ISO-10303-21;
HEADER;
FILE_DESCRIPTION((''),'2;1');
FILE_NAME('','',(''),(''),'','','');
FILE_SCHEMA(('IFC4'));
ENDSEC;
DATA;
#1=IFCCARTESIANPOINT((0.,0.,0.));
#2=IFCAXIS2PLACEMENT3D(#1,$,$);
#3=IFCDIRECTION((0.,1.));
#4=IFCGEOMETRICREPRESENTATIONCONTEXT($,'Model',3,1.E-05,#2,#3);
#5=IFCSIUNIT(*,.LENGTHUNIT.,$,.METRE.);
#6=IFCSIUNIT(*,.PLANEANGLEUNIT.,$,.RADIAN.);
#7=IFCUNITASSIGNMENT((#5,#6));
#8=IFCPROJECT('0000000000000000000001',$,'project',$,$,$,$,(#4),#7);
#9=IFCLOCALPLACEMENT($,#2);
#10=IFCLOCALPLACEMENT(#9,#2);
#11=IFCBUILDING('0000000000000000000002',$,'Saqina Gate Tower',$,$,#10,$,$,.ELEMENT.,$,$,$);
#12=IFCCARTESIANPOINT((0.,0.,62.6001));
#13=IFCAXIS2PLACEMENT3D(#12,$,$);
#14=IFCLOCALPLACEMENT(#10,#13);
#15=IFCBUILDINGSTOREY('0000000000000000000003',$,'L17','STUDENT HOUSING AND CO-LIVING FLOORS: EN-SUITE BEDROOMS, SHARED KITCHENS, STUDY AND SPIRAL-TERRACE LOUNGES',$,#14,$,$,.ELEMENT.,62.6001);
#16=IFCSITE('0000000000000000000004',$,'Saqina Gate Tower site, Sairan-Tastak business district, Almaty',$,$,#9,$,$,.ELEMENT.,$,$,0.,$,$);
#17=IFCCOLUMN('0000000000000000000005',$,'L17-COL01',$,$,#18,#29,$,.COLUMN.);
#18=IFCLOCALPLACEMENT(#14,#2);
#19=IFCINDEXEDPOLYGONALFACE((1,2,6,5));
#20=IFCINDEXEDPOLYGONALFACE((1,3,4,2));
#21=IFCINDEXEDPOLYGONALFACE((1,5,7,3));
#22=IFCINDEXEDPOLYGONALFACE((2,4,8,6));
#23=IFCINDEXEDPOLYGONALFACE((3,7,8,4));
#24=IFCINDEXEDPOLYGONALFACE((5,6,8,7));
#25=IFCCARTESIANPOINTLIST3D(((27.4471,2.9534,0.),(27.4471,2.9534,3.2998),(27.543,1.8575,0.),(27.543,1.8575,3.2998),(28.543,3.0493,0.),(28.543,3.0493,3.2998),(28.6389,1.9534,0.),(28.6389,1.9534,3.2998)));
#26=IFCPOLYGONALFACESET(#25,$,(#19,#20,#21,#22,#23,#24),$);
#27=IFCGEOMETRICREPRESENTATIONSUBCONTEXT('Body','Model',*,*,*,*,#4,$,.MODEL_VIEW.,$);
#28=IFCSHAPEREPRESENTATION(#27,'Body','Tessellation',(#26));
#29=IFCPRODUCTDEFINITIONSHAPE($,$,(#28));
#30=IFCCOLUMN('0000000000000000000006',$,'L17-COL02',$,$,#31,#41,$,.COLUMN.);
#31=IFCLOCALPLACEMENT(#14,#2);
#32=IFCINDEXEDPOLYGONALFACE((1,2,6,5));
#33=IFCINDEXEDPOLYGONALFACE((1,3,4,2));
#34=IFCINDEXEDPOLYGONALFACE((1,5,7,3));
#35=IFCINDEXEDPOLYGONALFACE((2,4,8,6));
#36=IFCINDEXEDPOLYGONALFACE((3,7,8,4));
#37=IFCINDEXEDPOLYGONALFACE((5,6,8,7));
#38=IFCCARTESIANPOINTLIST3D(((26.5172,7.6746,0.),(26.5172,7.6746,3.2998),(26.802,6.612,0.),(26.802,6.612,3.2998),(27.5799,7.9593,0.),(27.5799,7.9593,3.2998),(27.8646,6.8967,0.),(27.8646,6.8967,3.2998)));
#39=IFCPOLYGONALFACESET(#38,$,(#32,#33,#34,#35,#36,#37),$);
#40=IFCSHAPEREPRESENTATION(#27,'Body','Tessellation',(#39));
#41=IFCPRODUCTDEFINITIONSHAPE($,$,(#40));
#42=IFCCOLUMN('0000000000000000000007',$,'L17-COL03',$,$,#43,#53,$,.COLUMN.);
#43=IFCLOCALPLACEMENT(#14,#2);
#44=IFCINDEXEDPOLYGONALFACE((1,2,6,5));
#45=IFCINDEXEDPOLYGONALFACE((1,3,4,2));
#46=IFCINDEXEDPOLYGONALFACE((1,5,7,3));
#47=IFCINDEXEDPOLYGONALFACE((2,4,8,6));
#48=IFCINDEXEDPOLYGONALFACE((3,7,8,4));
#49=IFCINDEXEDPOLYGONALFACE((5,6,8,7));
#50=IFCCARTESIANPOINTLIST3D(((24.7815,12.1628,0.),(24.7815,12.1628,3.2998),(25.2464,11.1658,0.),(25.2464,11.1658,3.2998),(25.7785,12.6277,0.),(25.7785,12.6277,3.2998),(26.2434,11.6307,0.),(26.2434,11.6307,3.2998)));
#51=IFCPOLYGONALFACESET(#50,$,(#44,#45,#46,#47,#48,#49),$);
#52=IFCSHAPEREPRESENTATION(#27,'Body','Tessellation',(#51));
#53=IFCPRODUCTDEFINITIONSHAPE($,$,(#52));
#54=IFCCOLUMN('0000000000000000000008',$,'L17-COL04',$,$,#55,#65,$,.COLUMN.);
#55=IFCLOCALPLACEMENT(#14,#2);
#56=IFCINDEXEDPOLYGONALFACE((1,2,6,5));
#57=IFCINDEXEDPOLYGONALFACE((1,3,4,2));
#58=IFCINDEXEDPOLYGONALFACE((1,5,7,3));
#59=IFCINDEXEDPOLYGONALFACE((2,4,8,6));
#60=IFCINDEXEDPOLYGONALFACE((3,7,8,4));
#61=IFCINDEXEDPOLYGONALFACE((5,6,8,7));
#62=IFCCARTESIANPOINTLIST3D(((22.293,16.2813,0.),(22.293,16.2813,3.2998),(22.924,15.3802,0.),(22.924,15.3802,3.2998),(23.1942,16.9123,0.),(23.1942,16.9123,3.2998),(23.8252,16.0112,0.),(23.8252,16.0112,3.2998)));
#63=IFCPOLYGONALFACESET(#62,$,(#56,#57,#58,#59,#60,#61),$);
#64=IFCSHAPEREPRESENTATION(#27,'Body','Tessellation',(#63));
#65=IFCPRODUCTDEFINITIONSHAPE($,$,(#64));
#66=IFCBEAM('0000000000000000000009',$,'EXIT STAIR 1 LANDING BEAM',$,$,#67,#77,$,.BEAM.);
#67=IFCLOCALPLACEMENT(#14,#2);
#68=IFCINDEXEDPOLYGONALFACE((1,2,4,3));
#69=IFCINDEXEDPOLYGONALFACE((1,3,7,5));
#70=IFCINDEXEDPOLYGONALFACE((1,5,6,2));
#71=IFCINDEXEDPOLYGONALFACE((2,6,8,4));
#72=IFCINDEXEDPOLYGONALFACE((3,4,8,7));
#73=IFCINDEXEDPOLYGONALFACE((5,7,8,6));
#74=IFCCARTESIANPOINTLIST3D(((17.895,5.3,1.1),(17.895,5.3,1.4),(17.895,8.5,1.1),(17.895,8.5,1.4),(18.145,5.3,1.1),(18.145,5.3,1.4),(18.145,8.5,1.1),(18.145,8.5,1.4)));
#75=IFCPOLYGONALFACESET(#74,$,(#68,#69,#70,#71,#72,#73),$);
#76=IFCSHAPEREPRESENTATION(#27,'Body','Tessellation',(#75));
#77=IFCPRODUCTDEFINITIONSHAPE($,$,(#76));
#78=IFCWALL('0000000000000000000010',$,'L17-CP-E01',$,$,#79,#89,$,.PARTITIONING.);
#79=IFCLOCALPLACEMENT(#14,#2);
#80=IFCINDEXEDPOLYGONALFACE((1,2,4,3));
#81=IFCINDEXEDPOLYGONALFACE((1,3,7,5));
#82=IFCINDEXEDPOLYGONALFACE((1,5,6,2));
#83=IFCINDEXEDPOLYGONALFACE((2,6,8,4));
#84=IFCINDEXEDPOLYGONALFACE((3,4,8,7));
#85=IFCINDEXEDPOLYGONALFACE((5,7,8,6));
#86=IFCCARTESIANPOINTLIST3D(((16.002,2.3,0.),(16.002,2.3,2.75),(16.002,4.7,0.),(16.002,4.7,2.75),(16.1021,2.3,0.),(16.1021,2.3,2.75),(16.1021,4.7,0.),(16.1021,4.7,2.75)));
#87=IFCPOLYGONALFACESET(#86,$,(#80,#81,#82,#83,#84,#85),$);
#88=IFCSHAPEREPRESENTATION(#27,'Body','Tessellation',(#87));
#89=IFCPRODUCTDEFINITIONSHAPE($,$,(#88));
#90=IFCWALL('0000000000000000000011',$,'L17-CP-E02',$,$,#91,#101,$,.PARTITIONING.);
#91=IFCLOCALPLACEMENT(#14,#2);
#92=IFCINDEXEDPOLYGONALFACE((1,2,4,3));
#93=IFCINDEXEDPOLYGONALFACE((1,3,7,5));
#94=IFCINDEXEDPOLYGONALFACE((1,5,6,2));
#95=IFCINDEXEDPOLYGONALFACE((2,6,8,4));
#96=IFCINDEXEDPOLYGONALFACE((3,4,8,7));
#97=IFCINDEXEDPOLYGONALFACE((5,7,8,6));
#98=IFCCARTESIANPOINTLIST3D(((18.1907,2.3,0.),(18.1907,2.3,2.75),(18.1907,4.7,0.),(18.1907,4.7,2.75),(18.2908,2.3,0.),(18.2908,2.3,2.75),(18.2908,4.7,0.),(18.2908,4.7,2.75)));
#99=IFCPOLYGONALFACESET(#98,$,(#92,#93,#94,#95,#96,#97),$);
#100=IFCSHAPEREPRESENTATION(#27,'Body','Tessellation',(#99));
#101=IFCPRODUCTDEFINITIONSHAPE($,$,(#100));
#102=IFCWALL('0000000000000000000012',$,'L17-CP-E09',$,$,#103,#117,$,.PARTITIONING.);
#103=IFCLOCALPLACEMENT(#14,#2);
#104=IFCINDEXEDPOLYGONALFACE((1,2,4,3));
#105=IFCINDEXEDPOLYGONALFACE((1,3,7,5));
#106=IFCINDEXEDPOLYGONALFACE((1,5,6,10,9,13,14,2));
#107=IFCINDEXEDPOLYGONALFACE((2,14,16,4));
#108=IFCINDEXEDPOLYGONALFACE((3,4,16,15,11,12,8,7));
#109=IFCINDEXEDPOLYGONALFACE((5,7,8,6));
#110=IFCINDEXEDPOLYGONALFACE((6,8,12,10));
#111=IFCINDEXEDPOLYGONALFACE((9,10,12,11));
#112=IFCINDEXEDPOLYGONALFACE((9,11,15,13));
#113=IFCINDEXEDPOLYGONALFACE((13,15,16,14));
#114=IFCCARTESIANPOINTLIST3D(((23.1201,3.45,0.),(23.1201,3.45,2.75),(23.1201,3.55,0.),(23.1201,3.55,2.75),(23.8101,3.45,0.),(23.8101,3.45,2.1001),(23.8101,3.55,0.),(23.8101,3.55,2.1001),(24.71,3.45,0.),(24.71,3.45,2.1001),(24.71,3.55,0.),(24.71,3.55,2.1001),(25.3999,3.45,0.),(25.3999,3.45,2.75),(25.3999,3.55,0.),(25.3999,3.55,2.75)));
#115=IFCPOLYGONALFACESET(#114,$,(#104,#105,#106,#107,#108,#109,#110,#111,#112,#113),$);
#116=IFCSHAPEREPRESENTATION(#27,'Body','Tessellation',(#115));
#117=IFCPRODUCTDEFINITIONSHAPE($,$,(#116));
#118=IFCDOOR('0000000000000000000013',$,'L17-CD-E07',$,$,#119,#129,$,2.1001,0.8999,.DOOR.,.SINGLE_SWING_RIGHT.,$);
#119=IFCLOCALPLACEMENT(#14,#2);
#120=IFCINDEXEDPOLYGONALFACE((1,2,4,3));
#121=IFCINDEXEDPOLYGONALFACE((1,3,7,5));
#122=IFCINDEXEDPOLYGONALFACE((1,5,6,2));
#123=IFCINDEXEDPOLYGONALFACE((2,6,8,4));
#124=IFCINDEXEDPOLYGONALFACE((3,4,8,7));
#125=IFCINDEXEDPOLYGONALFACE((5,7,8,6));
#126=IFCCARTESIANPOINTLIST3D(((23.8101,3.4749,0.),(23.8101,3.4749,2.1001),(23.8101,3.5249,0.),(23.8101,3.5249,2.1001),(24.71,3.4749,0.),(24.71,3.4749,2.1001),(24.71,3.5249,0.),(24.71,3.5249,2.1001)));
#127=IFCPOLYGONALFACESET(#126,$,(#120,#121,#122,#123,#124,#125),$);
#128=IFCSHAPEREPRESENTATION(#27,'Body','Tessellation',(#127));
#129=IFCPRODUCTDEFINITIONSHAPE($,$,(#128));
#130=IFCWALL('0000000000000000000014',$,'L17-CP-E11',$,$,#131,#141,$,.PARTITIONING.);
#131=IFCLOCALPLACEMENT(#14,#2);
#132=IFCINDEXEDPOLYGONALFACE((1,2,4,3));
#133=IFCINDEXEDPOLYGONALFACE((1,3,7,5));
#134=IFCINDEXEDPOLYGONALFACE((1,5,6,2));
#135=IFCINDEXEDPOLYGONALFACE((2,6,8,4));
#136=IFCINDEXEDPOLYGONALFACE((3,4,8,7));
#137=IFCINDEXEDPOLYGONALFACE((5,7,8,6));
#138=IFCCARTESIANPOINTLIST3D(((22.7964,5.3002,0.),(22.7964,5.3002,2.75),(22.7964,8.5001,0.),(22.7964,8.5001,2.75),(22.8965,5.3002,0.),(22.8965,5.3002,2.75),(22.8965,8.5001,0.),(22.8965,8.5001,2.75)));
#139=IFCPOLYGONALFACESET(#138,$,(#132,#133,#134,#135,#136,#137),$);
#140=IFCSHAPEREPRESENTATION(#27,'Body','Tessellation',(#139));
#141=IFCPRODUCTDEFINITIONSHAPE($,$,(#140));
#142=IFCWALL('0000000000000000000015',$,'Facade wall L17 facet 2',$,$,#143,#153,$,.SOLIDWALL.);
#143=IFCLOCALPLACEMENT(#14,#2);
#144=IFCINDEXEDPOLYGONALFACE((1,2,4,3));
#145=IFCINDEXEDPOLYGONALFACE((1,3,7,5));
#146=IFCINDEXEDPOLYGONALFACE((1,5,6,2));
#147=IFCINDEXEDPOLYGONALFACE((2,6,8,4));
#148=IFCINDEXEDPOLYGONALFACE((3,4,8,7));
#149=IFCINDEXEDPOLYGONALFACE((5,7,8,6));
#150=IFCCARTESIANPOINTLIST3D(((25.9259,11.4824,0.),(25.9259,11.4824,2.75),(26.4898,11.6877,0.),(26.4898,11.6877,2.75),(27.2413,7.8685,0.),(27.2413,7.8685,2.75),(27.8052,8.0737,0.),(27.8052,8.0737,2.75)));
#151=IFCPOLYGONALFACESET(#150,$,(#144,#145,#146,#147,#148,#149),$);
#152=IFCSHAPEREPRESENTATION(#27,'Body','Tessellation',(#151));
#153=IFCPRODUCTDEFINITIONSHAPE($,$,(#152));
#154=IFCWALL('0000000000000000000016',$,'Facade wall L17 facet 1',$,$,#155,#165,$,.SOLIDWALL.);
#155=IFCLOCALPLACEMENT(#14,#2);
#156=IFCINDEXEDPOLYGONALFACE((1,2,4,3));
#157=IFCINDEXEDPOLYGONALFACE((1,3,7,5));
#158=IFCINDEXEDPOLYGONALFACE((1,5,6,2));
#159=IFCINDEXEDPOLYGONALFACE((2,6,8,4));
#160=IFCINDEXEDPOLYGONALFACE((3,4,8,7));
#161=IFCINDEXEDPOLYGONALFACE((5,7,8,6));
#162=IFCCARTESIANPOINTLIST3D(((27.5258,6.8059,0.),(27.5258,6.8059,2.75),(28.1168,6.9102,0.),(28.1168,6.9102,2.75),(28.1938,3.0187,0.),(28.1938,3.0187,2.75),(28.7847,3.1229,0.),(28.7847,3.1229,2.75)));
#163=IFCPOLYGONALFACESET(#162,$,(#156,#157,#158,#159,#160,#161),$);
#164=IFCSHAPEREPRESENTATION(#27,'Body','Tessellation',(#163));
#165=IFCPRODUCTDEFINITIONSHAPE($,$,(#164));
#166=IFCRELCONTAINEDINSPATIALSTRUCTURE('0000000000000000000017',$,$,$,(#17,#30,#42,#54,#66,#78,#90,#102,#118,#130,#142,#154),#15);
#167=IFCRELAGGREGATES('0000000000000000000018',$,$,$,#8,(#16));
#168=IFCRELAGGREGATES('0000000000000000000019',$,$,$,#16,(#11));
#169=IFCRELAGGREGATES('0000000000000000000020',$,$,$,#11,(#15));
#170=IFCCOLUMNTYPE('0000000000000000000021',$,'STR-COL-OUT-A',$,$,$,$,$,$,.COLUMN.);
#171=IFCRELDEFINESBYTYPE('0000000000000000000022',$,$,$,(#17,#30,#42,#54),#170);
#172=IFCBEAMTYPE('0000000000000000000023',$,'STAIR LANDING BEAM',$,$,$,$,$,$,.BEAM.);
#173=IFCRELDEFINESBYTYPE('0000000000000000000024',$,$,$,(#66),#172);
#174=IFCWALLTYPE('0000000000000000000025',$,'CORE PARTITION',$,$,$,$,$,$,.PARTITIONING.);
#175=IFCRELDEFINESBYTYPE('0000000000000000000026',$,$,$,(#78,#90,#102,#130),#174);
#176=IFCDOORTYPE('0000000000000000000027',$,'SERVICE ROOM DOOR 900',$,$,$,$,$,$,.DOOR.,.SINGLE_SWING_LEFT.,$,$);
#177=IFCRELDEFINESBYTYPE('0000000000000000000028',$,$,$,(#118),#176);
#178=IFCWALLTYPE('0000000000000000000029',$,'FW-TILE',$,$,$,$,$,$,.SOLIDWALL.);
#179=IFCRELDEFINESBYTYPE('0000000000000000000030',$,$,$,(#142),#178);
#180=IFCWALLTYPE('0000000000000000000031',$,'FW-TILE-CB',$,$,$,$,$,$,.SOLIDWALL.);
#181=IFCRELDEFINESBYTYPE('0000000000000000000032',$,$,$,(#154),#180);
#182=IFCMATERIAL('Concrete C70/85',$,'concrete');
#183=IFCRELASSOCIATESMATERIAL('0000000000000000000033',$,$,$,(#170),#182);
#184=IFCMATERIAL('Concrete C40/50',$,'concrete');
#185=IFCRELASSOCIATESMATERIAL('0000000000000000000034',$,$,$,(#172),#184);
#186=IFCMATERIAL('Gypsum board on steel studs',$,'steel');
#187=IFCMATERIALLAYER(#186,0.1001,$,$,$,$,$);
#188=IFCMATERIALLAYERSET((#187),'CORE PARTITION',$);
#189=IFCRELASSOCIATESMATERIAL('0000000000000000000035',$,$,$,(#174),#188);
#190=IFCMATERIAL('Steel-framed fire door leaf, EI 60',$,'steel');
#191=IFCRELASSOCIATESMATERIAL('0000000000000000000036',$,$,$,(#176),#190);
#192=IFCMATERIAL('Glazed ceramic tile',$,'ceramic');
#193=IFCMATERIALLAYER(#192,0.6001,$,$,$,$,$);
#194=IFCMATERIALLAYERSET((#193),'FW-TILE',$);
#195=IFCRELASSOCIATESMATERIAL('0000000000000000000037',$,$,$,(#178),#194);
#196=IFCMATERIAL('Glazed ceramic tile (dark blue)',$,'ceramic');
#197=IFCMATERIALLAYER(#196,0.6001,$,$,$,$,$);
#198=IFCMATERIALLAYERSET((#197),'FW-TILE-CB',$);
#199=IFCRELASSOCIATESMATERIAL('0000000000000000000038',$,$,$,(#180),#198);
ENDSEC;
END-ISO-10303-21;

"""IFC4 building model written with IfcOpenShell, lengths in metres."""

from ifc_helpers import new_model, si_unit, direction, frame, frame_2d, origin, origin_2d, place, context, subcontext, project, spatial, rectangle, extrude, material, layer, layer_set, material_profile, profile_set, type_object, element, fill, save


model = new_model("IFC4")

# Units and contexts
model_context = context("Model", 3, precision=1e-05, world=origin(), true_north=direction((0.0, 1.0)))
body_context = subcontext(model_context, "Body", "Model", "MODEL_VIEW")
ifc_project = project(units=[si_unit("LENGTHUNIT", "METRE"), si_unit("PLANEANGLEUNIT", "RADIAN")], contexts=[model_context])

# Site, building, storey
site_placement = place(None, origin())
site = spatial("IfcSite", under=ifc_project, at=site_placement, Name="Saqina Gate Tower site, Sairan-Tastak business district, Almaty", CompositionType="ELEMENT", RefElevation=0.0)
building_placement = place(site_placement, origin())
building = spatial("IfcBuilding", under=site, at=building_placement, Name="Saqina Gate Tower", CompositionType="ELEMENT")
storey_placement = place(building_placement, frame((0.0, 0.0, 62.6001)))
storey = spatial("IfcBuildingStorey", under=building, at=storey_placement, Name="L17", Description="STUDENT HOUSING AND CO-LIVING FLOORS: EN-SUITE BEDROOMS, SHARED KITCHENS, STUDY AND SPIRAL-TERRACE LOUNGES", CompositionType="ELEMENT", Elevation=62.6001)

# Columns
ifc_material_1 = material(Name="Concrete C70/85", Category="concrete")
ifc_material_profile_1 = material_profile(ifc_material_1, rectangle(XDim=1.1001, YDim=1.1001, at=origin_2d()), Name="RC 1100x1100")
ifc_profile_set_1 = profile_set([ifc_material_profile_1], Name="Concrete C70/85")
column_type = type_object("IfcColumnType", Name="STR-COL-OUT-A", PredefinedType="COLUMN", material=ifc_profile_set_1)
for number, where, z_axis, x_axis, name in (
    (1, (28.043, 2.4534, 0.0), (0.0, 0.0, 1.0), (0.996195, 0.087156, 0.0), "L17-COL01"),
    (2, (27.1909, 7.2856, 0.0), (0.0, 0.0, 1.0), (0.965926, 0.258819, 0.0), "L17-COL02"),
    (3, (25.5125, 11.8967, 0.0), (0.0, 0.0, 1.0), (0.906308, 0.422618, 0.0), "L17-COL03"),
    (4, (23.0591, 16.1462, 0.0), (0.0, 0.0, 1.0), (0.819152, 0.573576, 0.0), "L17-COL04"),
):
    element("IfcColumn", number, at=place(storey_placement, frame(where, z_axis=z_axis, x_axis=x_axis)), inside=storey, type_object=column_type, Name=name, PredefinedType="COLUMN", context=body_context, shape_type="SweptSolid", body=[
        extrude(rectangle(XDim=1.1001, YDim=1.1001, at=origin_2d()), origin(), (0.0, 0.0, 1.0), 3.2998),
    ])

# Beam
ifc_material_2 = material(Name="Concrete C40/50", Category="concrete")
ifc_material_profile_2 = material_profile(ifc_material_2, rectangle(XDim=0.25, YDim=0.3, at=origin_2d()), Name="STAIR LANDING BEAM")
ifc_profile_set_2 = profile_set([ifc_material_profile_2], Name="Concrete C40/50")
beam_type = type_object("IfcBeamType", Name="STAIR LANDING BEAM", PredefinedType="BEAM", material=ifc_profile_set_2)
beam_placement = place(storey_placement, frame((18.02, 5.3, 1.25), z_axis=(0.0, 1.0, 0.0), x_axis=(-1.0, 0.0, 0.0)))
element("IfcBeam", 5, at=beam_placement, inside=storey, type_object=beam_type, Name="EXIT STAIR 1 LANDING BEAM", PredefinedType="BEAM", context=body_context, shape_type="SweptSolid", body=[
    extrude(rectangle(XDim=0.25, YDim=0.3, at=origin_2d()), origin(), (0.0, 0.0, 1.0), 3.2),
])

# Walls
ifc_material_3 = material(Name="Gypsum board on steel studs", Category="steel")
ifc_layer_1 = layer(ifc_material_3, 0.1001)
ifc_layer_set_1 = layer_set([ifc_layer_1], Name="CORE PARTITION")
wall_type_1 = type_object("IfcWallType", Name="CORE PARTITION", PredefinedType="PARTITIONING", material=ifc_layer_set_1)
for number, where, z_axis, x_axis, name in (
    (6, (16.052, 2.3, 0.0), (0.0, 0.0, 1.0), (0.0, 1.0, 0.0), "L17-CP-E01"),
    (7, (18.2407, 2.3, 0.0), (0.0, 0.0, 1.0), (0.0, 1.0, 0.0), "L17-CP-E02"),
):
    element("IfcWall", number, at=place(storey_placement, frame(where, z_axis=z_axis, x_axis=x_axis)), inside=storey, type_object=wall_type_1, Name=name, PredefinedType="PARTITIONING", context=body_context, shape_type="SweptSolid", body=[
        extrude(rectangle(XDim=2.3999, YDim=0.1001, at=frame_2d((1.2, 0.0))), origin(), (0.0, 0.0, 1.0), 2.75),
    ])

# Wall, opening, door
wall_1_placement = place(storey_placement, frame((23.1201, 3.5, 0.0), z_axis=(0.0, 0.0, 1.0), x_axis=(1.0, 0.0, 0.0)))
wall_1 = element("IfcWall", 8, at=wall_1_placement, inside=storey, type_object=wall_type_1, Name="L17-CP-E09", PredefinedType="PARTITIONING", context=body_context, shape_type="SweptSolid", body=[
    extrude(rectangle(XDim=2.2798, YDim=0.1001, at=frame_2d((1.1399, 0.0))), origin(), (0.0, 0.0, 1.0), 2.75),
])
opening_1_placement = place(wall_1_placement, frame((0.6899, 0.0, 0.0)))
opening_1 = element("IfcOpeningElement", 9, at=opening_1_placement, cuts=wall_1, PredefinedType="OPENING", context=body_context, shape_type="SweptSolid", body=[
    extrude(rectangle(XDim=0.8999, YDim=2.1001, at=frame_2d((0.45, 1.05))), frame((0.0, 0.062, 0.0), z_axis=(0.0, -1.0, 0.0), x_axis=(1.0, 0.0, 0.0)), (0.0, 0.0, 1.0), 0.124),
])
ifc_material_4 = material(Name="Steel-framed fire door leaf, EI 60", Category="steel")
door_type_1 = type_object("IfcDoorType", Name="SERVICE ROOM DOOR 900", OperationType="SINGLE_SWING_LEFT", PredefinedType="DOOR", material=ifc_material_4)
door_1_placement = place(opening_1_placement, origin())
door_1 = element("IfcDoor", 10, at=door_1_placement, inside=storey, type_object=door_type_1, Name="L17-CD-E07", OperationType="SINGLE_SWING_RIGHT", OverallHeight=2.1001, OverallWidth=0.8999, PredefinedType="DOOR", context=body_context, shape_type="SweptSolid", body=[
    extrude(rectangle(XDim=0.8999, YDim=2.1001, at=frame_2d((0.45, 1.05))), frame((0.0, 0.0249, 0.0), z_axis=(0.0, -1.0, 0.0), x_axis=(1.0, 0.0, 0.0)), (0.0, 0.0, 1.0), 0.05),
])
fill(opening_1, door_1)

# Wall
wall_2_placement = place(storey_placement, frame((22.8464, 5.3, 0.0), z_axis=(0.0, 0.0, 1.0), x_axis=(0.0, 1.0, 0.0)))
element("IfcWall", 11, at=wall_2_placement, inside=storey, type_object=wall_type_1, Name="L17-CP-E11", PredefinedType="PARTITIONING", context=body_context, shape_type="SweptSolid", body=[
    extrude(rectangle(XDim=3.2, YDim=0.1001, at=frame_2d((1.6001, 0.0))), origin(), (0.0, 0.0, 1.0), 2.75),
])

# Walls
ifc_material_5 = material(Name="Glazed ceramic tile", Category="ceramic")
ifc_layer_2 = layer(ifc_material_5, 0.6001)
ifc_layer_set_2 = layer_set([ifc_layer_2], Name="FW-TILE")
wall_type_2 = type_object("IfcWallType", Name="FW-TILE", PredefinedType="SOLIDWALL", material=ifc_layer_set_2)
wall_3_placement = place(storey_placement, frame((27.5232, 7.9712, 0.0), z_axis=(0.0, 0.0, 1.0), x_axis=(-0.342028, 0.93969, 0.0)))
element("IfcWall", 12, at=wall_3_placement, inside=storey, type_object=wall_type_2, Name="Facade wall L17 facet 2", PredefinedType="SOLIDWALL", context=body_context, shape_type="SweptSolid", body=[
    extrude(rectangle(XDim=3.8459, YDim=0.6001, at=frame_2d((1.9229, 0.0))), origin(), (0.0, 0.0, 1.0), 2.75),
])
ifc_material_6 = material(Name="Glazed ceramic tile (dark blue)", Category="ceramic")
ifc_layer_3 = layer(ifc_material_6, 0.6001)
ifc_layer_set_3 = layer_set([ifc_layer_3], Name="FW-TILE-CB")
wall_type_3 = type_object("IfcWallType", Name="FW-TILE-CB", PredefinedType="SOLIDWALL", material=ifc_layer_set_3)
wall_4_placement = place(storey_placement, frame((28.4893, 3.0708, 0.0), z_axis=(0.0, 0.0, 1.0), x_axis=(-0.173688, 0.984801, 0.0)))
element("IfcWall", 13, at=wall_4_placement, inside=storey, type_object=wall_type_3, Name="Facade wall L17 facet 1", PredefinedType="SOLIDWALL", context=body_context, shape_type="SweptSolid", body=[
    extrude(rectangle(XDim=3.8457, YDim=0.6001, at=frame_2d((1.9229, 0.0))), origin(), (0.0, 0.0, 1.0), 2.75),
])

save(model, "model.ifc")
